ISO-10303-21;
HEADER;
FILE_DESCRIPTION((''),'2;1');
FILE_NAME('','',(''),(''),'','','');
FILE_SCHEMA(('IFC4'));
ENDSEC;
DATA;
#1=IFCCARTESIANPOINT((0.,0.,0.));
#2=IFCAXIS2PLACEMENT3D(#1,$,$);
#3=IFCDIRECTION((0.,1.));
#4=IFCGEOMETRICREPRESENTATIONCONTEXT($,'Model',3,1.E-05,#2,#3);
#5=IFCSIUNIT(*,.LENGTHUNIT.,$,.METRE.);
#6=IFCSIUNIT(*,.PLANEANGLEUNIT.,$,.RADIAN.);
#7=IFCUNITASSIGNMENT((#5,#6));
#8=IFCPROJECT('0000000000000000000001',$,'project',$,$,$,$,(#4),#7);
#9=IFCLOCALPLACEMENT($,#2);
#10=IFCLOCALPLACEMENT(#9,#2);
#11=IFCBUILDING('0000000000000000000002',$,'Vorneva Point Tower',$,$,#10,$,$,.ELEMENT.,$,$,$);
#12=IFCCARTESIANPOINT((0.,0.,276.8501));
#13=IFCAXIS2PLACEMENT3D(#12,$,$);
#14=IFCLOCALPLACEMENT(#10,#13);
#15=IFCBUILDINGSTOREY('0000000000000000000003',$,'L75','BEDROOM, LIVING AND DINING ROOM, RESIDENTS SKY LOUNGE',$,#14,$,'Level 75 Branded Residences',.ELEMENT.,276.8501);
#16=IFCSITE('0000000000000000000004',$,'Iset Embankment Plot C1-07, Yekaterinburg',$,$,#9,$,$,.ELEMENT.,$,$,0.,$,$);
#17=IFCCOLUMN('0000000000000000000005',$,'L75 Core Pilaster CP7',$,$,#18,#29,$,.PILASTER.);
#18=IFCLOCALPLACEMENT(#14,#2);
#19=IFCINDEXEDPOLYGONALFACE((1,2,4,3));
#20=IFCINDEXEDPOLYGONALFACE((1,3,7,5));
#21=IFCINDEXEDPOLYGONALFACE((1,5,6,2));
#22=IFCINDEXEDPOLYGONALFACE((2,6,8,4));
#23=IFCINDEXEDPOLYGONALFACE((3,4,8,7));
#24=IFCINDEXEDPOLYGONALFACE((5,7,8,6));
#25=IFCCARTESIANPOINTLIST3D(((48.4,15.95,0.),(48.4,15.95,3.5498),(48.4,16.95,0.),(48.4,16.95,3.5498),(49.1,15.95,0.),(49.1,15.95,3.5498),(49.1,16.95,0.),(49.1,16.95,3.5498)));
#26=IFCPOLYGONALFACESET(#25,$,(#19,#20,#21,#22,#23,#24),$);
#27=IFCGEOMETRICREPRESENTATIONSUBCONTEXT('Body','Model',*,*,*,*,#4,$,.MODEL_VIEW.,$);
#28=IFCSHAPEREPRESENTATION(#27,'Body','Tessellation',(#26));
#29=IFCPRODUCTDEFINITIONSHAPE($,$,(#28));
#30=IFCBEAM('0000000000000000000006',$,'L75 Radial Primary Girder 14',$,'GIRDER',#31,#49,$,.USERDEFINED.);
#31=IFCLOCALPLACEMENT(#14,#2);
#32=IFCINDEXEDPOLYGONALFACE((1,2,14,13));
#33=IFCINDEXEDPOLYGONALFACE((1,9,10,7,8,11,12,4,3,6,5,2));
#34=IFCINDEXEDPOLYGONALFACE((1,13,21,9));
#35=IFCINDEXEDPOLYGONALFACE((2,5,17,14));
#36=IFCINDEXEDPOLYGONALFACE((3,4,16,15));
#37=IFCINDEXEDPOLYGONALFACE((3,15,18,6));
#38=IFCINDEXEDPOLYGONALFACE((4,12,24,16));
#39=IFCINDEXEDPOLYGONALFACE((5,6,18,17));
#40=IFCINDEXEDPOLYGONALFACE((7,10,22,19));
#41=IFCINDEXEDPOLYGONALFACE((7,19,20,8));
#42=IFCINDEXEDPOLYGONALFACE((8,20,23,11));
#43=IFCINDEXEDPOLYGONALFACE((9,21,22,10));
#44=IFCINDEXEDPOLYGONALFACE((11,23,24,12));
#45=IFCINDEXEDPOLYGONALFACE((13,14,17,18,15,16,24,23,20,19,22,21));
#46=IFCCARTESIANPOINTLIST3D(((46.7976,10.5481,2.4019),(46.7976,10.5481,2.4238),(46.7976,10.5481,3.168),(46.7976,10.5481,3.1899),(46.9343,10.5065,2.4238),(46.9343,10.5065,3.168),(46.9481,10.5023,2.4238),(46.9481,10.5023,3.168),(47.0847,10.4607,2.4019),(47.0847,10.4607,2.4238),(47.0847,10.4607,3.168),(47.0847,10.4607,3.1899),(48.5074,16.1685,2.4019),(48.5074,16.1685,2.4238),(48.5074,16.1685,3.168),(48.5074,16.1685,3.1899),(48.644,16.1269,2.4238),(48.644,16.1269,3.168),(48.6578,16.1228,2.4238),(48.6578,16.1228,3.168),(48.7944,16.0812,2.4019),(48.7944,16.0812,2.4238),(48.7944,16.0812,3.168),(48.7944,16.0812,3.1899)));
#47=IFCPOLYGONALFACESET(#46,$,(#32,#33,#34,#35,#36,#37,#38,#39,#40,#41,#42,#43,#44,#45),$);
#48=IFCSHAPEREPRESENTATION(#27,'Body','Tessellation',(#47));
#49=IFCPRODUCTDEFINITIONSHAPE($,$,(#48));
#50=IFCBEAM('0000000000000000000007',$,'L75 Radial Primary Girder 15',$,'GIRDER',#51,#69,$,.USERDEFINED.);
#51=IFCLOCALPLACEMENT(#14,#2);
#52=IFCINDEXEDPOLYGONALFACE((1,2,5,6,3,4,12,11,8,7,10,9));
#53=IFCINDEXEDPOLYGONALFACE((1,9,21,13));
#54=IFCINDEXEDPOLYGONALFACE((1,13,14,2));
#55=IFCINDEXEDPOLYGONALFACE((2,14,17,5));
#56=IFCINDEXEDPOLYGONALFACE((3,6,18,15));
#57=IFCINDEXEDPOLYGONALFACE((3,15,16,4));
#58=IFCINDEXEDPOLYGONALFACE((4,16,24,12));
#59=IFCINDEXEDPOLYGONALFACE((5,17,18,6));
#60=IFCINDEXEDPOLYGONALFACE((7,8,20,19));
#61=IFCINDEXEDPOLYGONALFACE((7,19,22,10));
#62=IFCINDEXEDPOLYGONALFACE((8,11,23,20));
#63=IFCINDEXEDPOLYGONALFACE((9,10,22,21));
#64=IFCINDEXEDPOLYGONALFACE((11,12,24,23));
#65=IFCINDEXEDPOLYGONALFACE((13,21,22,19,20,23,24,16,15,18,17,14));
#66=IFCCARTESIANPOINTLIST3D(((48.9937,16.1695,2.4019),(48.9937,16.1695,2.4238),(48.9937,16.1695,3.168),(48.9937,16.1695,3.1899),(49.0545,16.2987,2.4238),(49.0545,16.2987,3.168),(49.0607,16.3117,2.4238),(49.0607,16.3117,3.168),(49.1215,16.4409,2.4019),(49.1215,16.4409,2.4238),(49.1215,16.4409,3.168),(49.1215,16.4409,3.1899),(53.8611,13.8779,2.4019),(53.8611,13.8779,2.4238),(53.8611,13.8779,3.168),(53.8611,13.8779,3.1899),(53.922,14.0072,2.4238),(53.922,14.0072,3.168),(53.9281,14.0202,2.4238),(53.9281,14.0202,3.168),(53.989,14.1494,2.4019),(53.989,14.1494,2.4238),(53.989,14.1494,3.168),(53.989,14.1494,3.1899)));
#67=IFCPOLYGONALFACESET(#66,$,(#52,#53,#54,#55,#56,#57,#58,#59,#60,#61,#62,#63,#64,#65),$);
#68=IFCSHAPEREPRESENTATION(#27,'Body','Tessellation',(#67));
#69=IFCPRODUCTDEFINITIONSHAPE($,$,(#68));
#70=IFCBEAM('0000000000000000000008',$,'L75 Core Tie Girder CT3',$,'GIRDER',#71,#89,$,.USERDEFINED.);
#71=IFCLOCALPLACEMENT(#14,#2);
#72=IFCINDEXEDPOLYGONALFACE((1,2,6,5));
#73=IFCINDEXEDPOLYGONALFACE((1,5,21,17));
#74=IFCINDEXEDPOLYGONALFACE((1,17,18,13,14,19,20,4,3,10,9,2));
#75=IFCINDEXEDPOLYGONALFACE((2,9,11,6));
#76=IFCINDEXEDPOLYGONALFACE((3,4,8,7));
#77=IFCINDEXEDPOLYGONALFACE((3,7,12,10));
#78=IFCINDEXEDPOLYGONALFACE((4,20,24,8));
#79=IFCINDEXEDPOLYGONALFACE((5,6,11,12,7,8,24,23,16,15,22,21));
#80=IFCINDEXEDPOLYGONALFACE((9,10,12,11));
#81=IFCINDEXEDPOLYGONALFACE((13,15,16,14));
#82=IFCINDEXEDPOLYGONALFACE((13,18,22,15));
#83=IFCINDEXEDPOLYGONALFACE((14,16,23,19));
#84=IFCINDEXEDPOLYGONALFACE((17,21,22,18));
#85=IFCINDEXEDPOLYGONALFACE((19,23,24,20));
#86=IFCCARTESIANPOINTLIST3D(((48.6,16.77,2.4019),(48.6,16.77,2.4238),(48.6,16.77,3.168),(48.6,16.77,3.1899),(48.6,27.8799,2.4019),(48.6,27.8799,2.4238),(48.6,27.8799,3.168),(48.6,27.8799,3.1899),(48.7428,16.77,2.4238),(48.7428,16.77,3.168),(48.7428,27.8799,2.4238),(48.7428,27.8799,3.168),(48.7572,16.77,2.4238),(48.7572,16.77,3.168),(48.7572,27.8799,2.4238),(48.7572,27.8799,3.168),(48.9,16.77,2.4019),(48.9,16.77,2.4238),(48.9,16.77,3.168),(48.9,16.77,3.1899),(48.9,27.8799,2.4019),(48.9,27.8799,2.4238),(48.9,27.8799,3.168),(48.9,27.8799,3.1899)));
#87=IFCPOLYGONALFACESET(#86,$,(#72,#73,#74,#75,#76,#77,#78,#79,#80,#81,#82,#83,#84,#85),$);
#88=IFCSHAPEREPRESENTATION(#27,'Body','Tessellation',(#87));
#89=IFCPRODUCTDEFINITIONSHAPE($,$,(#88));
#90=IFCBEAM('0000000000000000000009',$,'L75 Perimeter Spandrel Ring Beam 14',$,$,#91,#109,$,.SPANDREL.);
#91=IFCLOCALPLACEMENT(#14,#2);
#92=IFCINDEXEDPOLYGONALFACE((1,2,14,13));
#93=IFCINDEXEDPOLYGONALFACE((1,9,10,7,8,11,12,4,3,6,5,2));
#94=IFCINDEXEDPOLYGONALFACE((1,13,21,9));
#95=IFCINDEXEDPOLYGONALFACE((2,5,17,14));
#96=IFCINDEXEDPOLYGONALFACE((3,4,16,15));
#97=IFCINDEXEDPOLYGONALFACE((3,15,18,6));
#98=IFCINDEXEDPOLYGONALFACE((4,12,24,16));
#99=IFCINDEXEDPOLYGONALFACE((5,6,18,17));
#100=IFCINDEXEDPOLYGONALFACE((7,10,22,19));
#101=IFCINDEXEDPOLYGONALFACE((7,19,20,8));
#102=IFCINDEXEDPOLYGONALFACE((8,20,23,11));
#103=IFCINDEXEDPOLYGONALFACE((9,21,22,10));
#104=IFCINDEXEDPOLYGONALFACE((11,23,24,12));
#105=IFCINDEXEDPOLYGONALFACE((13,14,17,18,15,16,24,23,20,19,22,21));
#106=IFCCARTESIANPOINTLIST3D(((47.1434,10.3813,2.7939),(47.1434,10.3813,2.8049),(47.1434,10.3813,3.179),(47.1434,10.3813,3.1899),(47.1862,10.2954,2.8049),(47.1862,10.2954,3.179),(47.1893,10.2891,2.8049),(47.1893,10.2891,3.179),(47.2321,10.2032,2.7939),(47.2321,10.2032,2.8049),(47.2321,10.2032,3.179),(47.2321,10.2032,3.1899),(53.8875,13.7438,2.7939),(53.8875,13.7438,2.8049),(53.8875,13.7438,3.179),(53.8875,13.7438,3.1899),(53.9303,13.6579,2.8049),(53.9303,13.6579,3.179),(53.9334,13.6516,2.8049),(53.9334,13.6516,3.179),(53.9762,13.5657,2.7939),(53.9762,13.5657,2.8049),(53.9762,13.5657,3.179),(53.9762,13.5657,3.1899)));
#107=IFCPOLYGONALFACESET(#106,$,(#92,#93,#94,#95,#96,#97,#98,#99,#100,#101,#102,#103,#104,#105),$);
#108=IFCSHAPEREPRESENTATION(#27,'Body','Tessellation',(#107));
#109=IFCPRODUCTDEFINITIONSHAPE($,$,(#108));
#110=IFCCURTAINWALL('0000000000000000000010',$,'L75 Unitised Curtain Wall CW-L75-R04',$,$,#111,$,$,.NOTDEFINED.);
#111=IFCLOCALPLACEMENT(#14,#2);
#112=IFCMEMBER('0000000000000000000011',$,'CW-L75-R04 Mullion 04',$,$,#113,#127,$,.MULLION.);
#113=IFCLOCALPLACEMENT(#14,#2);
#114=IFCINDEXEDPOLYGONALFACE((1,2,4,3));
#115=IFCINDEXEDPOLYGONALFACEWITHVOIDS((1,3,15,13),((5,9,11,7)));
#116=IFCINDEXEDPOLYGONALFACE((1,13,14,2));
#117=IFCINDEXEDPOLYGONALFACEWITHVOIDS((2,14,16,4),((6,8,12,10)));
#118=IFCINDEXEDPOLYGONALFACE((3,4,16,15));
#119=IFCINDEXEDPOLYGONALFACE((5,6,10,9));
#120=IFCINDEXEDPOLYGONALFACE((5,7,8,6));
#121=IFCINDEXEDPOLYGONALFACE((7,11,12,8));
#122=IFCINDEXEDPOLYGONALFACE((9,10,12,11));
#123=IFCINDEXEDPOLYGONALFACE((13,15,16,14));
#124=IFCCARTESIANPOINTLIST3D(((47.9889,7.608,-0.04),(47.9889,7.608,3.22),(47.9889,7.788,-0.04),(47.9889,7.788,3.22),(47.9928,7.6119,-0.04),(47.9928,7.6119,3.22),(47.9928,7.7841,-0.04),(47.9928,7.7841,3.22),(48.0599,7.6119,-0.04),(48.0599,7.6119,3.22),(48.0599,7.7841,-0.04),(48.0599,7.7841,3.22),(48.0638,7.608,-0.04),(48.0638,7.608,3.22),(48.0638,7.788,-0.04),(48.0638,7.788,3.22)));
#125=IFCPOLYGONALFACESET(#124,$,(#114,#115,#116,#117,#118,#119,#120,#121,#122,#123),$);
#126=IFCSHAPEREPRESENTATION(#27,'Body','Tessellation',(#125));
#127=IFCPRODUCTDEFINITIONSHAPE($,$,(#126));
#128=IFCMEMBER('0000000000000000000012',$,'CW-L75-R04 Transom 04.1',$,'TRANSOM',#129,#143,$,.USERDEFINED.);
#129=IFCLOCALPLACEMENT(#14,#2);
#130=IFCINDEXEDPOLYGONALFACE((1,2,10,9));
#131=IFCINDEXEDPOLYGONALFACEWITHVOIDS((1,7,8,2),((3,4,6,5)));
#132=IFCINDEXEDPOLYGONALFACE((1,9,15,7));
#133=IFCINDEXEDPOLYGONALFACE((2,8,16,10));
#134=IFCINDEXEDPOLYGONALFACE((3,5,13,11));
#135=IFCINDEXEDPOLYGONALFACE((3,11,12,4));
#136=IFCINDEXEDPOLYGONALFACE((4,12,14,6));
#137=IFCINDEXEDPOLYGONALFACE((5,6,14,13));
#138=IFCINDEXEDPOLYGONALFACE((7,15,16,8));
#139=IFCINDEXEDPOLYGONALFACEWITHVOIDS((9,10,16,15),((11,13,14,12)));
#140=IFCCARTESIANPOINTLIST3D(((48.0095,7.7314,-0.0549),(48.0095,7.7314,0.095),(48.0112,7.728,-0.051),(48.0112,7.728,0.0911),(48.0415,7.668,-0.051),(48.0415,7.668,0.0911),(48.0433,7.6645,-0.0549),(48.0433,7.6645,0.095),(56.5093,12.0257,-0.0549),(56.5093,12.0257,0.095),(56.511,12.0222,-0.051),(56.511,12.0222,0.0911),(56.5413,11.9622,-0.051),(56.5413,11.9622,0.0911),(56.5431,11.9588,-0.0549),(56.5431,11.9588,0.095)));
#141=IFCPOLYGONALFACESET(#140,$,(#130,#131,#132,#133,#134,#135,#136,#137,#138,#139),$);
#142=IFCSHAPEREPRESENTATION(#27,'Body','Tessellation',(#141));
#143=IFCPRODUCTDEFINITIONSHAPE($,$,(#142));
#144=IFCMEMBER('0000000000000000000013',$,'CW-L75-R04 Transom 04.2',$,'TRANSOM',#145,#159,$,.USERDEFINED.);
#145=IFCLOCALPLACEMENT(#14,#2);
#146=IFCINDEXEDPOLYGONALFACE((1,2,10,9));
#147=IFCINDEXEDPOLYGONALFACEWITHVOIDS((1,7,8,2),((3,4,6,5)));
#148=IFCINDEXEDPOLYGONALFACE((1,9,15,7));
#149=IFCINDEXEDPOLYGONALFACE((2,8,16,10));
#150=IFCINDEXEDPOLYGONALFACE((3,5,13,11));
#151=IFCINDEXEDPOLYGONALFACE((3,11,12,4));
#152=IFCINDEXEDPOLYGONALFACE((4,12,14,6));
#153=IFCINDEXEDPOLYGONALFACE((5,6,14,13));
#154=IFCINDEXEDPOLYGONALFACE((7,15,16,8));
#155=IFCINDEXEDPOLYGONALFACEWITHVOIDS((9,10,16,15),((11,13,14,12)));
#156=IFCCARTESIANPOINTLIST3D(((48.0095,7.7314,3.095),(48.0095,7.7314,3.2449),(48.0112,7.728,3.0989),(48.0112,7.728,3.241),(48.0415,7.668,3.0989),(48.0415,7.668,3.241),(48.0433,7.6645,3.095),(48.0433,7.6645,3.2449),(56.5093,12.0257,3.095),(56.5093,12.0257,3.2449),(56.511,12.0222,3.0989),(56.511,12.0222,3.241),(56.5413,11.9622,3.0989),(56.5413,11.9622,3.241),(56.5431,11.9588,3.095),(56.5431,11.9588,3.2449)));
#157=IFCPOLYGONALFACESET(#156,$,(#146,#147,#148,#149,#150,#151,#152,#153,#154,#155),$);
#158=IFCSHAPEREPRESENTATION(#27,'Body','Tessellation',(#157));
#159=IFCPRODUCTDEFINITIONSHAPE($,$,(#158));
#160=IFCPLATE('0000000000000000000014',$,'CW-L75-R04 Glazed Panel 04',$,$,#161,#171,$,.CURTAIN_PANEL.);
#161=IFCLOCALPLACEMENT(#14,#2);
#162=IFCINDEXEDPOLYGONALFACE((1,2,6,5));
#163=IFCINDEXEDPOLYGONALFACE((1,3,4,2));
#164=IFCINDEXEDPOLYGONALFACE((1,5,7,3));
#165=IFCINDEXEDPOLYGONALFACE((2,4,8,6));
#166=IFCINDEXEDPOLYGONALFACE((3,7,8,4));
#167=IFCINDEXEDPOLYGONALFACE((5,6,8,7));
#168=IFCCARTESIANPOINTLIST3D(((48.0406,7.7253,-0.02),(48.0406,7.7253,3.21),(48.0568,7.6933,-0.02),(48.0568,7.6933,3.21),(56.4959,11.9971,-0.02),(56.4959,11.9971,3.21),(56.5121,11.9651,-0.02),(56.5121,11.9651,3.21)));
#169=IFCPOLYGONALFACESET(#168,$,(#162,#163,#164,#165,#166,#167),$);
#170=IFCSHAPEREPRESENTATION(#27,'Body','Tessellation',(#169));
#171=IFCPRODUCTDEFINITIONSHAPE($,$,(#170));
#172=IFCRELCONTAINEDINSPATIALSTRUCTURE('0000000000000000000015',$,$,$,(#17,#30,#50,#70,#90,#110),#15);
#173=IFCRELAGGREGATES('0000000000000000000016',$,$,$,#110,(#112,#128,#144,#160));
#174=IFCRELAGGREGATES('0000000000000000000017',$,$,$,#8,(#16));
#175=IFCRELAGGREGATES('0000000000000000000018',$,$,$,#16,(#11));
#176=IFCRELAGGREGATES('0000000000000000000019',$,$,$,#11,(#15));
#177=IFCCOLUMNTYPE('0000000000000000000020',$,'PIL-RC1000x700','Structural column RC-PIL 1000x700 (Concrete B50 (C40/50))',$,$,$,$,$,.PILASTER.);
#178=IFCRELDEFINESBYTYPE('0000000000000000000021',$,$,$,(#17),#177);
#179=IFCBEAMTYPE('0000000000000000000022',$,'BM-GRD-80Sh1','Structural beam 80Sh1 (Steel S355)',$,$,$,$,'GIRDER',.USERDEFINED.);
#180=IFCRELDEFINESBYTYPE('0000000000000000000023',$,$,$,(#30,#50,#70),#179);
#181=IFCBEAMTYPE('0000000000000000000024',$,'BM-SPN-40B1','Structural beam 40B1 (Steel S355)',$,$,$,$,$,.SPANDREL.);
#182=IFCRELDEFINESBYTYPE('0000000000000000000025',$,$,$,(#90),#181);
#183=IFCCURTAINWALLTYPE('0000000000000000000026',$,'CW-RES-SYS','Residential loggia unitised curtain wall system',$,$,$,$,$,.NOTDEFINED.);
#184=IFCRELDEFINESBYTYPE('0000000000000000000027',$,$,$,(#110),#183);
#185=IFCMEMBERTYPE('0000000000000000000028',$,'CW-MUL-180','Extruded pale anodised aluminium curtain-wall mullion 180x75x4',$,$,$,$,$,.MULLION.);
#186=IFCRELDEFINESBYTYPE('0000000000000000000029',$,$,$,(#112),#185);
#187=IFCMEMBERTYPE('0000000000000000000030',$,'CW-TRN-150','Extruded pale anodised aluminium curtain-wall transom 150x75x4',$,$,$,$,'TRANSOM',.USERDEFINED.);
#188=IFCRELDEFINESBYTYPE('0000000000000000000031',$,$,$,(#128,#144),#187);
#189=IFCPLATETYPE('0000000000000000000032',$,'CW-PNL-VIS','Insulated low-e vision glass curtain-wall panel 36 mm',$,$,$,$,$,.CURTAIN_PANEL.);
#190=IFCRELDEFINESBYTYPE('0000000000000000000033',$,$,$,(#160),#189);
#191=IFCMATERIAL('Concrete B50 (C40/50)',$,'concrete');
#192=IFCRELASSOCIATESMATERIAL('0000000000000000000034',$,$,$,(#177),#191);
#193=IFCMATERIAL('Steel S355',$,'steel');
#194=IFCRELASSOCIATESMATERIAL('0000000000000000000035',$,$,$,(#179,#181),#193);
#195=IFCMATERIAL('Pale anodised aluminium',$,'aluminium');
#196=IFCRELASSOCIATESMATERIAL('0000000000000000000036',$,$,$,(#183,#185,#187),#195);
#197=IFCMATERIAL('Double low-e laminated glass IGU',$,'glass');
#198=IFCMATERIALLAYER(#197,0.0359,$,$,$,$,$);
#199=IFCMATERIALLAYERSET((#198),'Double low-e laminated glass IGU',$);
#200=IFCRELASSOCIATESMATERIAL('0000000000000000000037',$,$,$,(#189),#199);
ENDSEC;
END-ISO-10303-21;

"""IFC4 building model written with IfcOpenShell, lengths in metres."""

from ifc_helpers import new_model, si_unit, direction, frame, origin, origin_2d, place, context, subcontext, project, spatial, rectangle, hollow_rectangle, i_section, extrude, material, layer, layer_set, material_profile, profile_set, type_object, element, aggregate, save


model = new_model("IFC4")

# Units and contexts
model_context = context("Model", 3, precision=1e-05, world=origin(), true_north=direction((0.0, 1.0)))
body_context = subcontext(model_context, "Body", "Model", "MODEL_VIEW")
ifc_project = project(units=[si_unit("LENGTHUNIT", "METRE"), si_unit("PLANEANGLEUNIT", "RADIAN")], contexts=[model_context])

# Site, building, storey
site_placement = place(None, origin())
site = spatial("IfcSite", under=ifc_project, at=site_placement, Name="Iset Embankment Plot C1-07, Yekaterinburg", CompositionType="ELEMENT", RefElevation=0.0)
building_placement = place(site_placement, origin())
building = spatial("IfcBuilding", under=site, at=building_placement, Name="Vorneva Point Tower", CompositionType="ELEMENT")
storey_placement = place(building_placement, frame((0.0, 0.0, 276.8501)))
storey = spatial("IfcBuildingStorey", under=building, at=storey_placement, Name="L75", Description="BEDROOM, LIVING AND DINING ROOM, RESIDENTS SKY LOUNGE", LongName="Level 75 Branded Residences", CompositionType="ELEMENT", Elevation=276.8501)

# Column
ifc_material_1 = material(Name="Concrete B50 (C40/50)", Category="concrete")
ifc_material_profile_1 = material_profile(ifc_material_1, rectangle(XDim=0.7, YDim=1.0, at=origin_2d()), Name="RC-PIL 1000x700")
ifc_profile_set_1 = profile_set([ifc_material_profile_1], Name="Concrete B50 (C40/50)")
column_type = type_object("IfcColumnType", Name="PIL-RC1000x700", Description="Structural column RC-PIL 1000x700 (Concrete B50 (C40/50))", PredefinedType="PILASTER", material=ifc_profile_set_1)
column_placement = place(storey_placement, frame((48.75, 16.45, 0.0), z_axis=(0.0, 0.0, 1.0), x_axis=(1.0, 0.0, 0.0)))
element("IfcColumn", 1, at=column_placement, inside=storey, type_object=column_type, Name="L75 Core Pilaster CP7", PredefinedType="PILASTER", context=body_context, shape_type="SweptSolid", body=[
    extrude(rectangle(XDim=0.7, YDim=1.0, at=origin_2d()), origin(), (0.0, 0.0, 1.0), 3.5498),
])

# Beams
ifc_material_2 = material(Name="Steel S355", Category="steel")
ifc_material_profile_2 = material_profile(ifc_material_2, i_section(OverallWidth=0.3, OverallDepth=0.7881, WebThickness=0.0144, FlangeThickness=0.022, at=origin_2d()), Name="80Sh1")
ifc_profile_set_2 = profile_set([ifc_material_profile_2], Name="Steel S355")
beam_type_1 = type_object("IfcBeamType", Name="BM-GRD-80Sh1", Description="Structural beam 80Sh1 (Steel S355)", ElementType="GIRDER", PredefinedType="USERDEFINED", material=ifc_profile_set_2)
beam_1_placement = place(storey_placement, frame((46.9412, 10.5044, 2.7959), z_axis=(0.291033, 0.956713, 0.0), x_axis=(-0.956713, 0.291033, 0.0)))
element("IfcBeam", 2, at=beam_1_placement, inside=storey, type_object=beam_type_1, Name="L75 Radial Primary Girder 14", ObjectType="GIRDER", PredefinedType="USERDEFINED", context=body_context, shape_type="SweptSolid", body=[
    extrude(i_section(OverallWidth=0.3, OverallDepth=0.7881, WebThickness=0.0144, FlangeThickness=0.022, at=origin_2d()), origin(), (0.0, 0.0, 1.0), 5.8748),
])
beam_2_placement = place(storey_placement, frame((53.925, 14.0137, 2.7959), z_axis=(-0.904751, 0.425941, 0.0), x_axis=(-0.425941, -0.904751, 0.0)))
element("IfcBeam", 3, at=beam_2_placement, inside=storey, type_object=beam_type_1, Name="L75 Radial Primary Girder 15", ObjectType="GIRDER", PredefinedType="USERDEFINED", context=body_context, shape_type="SweptSolid", body=[
    extrude(i_section(OverallWidth=0.3, OverallDepth=0.7881, WebThickness=0.0144, FlangeThickness=0.022, at=origin_2d()), origin(), (0.0, 0.0, 1.0), 5.3799),
])
beam_3_placement = place(storey_placement, frame((48.75, 16.77, 2.7959), z_axis=(0.0, 1.0, 0.0), x_axis=(-1.0, 0.0, 0.0)))
element("IfcBeam", 4, at=beam_3_placement, inside=storey, type_object=beam_type_1, Name="L75 Core Tie Girder CT3", ObjectType="GIRDER", PredefinedType="USERDEFINED", context=body_context, shape_type="SweptSolid", body=[
    extrude(i_section(OverallWidth=0.3, OverallDepth=0.7881, WebThickness=0.0144, FlangeThickness=0.022, at=origin_2d()), origin(), (0.0, 0.0, 1.0), 11.1099),
])
ifc_material_profile_3 = material_profile(ifc_material_2, i_section(OverallWidth=0.199, OverallDepth=0.396, WebThickness=0.0071, FlangeThickness=0.011, at=origin_2d()), Name="40B1")
ifc_profile_set_3 = profile_set([ifc_material_profile_3], Name="Steel S355")
beam_type_2 = type_object("IfcBeamType", Name="BM-SPN-40B1", Description="Structural beam 40B1 (Steel S355)", PredefinedType="SPANDREL", material=ifc_profile_set_3)
beam_4_placement = place(storey_placement, frame((47.1877, 10.2922, 2.9919), z_axis=(0.894932, 0.446203, 0.0), x_axis=(-0.446203, 0.894932, 0.0)))
element("IfcBeam", 5, at=beam_4_placement, inside=storey, type_object=beam_type_2, Name="L75 Perimeter Spandrel Ring Beam 14", PredefinedType="SPANDREL", context=body_context, shape_type="SweptSolid", body=[
    extrude(i_section(OverallWidth=0.199, OverallDepth=0.396, WebThickness=0.0071, FlangeThickness=0.011, at=origin_2d()), origin(), (0.0, 0.0, 1.0), 7.5359),
])

# Curtain wall, members, plate
ifc_material_3 = material(Name="Pale anodised aluminium", Category="aluminium")
curtain_wall_type = type_object("IfcCurtainWallType", Name="CW-RES-SYS", Description="Residential loggia unitised curtain wall system", PredefinedType="NOTDEFINED", material=ifc_material_3)
curtain_wall_placement = place(storey_placement, origin())
curtain_wall = element("IfcCurtainWall", 6, at=curtain_wall_placement, inside=storey, type_object=curtain_wall_type, Name="L75 Unitised Curtain Wall CW-L75-R04", PredefinedType="NOTDEFINED")
ifc_material_profile_4 = material_profile(ifc_material_3, hollow_rectangle(XDim=0.075, YDim=0.1799, WallThickness=0.0039, at=origin_2d()), Name="AL-MUL 180x75x4")
ifc_profile_set_4 = profile_set([ifc_material_profile_4], Name="Pale anodised aluminium")
member_type_1 = type_object("IfcMemberType", Name="CW-MUL-180", Description="Extruded pale anodised aluminium curtain-wall mullion 180x75x4", PredefinedType="MULLION", material=ifc_profile_set_4)
member_1_placement = place(storey_placement, frame((48.0264, 7.698, -0.04), z_axis=(0.0, 0.0, 1.0), x_axis=(1.0, 0.0, 0.0)))
member_1 = element("IfcMember", 7, at=member_1_placement, type_object=member_type_1, Name="CW-L75-R04 Mullion 04", PredefinedType="MULLION", context=body_context, shape_type="SweptSolid", body=[
    extrude(hollow_rectangle(XDim=0.075, YDim=0.1799, WallThickness=0.0039, at=origin_2d()), origin(), (0.0, 0.0, 1.0), 3.26),
])
ifc_material_profile_5 = material_profile(ifc_material_3, hollow_rectangle(XDim=0.075, YDim=0.1499, WallThickness=0.0039, at=origin_2d()), Name="AL-TRN 150x75x4")
ifc_profile_set_5 = profile_set([ifc_material_profile_5], Name="Pale anodised aluminium")
member_type_2 = type_object("IfcMemberType", Name="CW-TRN-150", Description="Extruded pale anodised aluminium curtain-wall transom 150x75x4", ElementType="TRANSOM", PredefinedType="USERDEFINED", material=ifc_profile_set_5)
member_2_placement = place(storey_placement, frame((48.0264, 7.698, 0.02), z_axis=(0.892558, 0.450932, 0.0), x_axis=(-0.450932, 0.892558, 0.0)))
member_2 = element("IfcMember", 8, at=member_2_placement, type_object=member_type_2, Name="CW-L75-R04 Transom 04.1", ObjectType="TRANSOM", PredefinedType="USERDEFINED", context=body_context, shape_type="SweptSolid", body=[
    extrude(hollow_rectangle(XDim=0.075, YDim=0.1499, WallThickness=0.0039, at=origin_2d()), origin(), (0.0, 0.0, 1.0), 9.5229),
])
member_3_placement = place(storey_placement, frame((48.0264, 7.698, 3.1699), z_axis=(0.892558, 0.450932, 0.0), x_axis=(-0.450932, 0.892558, 0.0)))
member_3 = element("IfcMember", 9, at=member_3_placement, type_object=member_type_2, Name="CW-L75-R04 Transom 04.2", ObjectType="TRANSOM", PredefinedType="USERDEFINED", context=body_context, shape_type="SweptSolid", body=[
    extrude(hollow_rectangle(XDim=0.075, YDim=0.1499, WallThickness=0.0039, at=origin_2d()), origin(), (0.0, 0.0, 1.0), 9.5229),
])
ifc_material_4 = material(Name="Double low-e laminated glass IGU", Category="glass")
ifc_layer_1 = layer(ifc_material_4, 0.0359)
ifc_layer_set_1 = layer_set([ifc_layer_1], Name="Double low-e laminated glass IGU")
plate_type = type_object("IfcPlateType", Name="CW-PNL-VIS", Description="Insulated low-e vision glass curtain-wall panel 36 mm", PredefinedType="CURTAIN_PANEL", material=ifc_layer_set_1)
plate_placement = place(storey_placement, frame((52.2764, 9.8452, -0.02), z_axis=(0.0, 0.0, 1.0), x_axis=(0.892554, 0.45094, 0.0)))
plate = element("IfcPlate", 10, at=plate_placement, type_object=plate_type, Name="CW-L75-R04 Glazed Panel 04", PredefinedType="CURTAIN_PANEL", context=body_context, shape_type="SweptSolid", body=[
    extrude(rectangle(XDim=9.4731, YDim=0.0359, at=origin_2d()), origin(), (0.0, 0.0, 1.0), 3.23),
])
aggregate(curtain_wall, [member_1, member_2, member_3, plate])

save(model, "model.ifc")
